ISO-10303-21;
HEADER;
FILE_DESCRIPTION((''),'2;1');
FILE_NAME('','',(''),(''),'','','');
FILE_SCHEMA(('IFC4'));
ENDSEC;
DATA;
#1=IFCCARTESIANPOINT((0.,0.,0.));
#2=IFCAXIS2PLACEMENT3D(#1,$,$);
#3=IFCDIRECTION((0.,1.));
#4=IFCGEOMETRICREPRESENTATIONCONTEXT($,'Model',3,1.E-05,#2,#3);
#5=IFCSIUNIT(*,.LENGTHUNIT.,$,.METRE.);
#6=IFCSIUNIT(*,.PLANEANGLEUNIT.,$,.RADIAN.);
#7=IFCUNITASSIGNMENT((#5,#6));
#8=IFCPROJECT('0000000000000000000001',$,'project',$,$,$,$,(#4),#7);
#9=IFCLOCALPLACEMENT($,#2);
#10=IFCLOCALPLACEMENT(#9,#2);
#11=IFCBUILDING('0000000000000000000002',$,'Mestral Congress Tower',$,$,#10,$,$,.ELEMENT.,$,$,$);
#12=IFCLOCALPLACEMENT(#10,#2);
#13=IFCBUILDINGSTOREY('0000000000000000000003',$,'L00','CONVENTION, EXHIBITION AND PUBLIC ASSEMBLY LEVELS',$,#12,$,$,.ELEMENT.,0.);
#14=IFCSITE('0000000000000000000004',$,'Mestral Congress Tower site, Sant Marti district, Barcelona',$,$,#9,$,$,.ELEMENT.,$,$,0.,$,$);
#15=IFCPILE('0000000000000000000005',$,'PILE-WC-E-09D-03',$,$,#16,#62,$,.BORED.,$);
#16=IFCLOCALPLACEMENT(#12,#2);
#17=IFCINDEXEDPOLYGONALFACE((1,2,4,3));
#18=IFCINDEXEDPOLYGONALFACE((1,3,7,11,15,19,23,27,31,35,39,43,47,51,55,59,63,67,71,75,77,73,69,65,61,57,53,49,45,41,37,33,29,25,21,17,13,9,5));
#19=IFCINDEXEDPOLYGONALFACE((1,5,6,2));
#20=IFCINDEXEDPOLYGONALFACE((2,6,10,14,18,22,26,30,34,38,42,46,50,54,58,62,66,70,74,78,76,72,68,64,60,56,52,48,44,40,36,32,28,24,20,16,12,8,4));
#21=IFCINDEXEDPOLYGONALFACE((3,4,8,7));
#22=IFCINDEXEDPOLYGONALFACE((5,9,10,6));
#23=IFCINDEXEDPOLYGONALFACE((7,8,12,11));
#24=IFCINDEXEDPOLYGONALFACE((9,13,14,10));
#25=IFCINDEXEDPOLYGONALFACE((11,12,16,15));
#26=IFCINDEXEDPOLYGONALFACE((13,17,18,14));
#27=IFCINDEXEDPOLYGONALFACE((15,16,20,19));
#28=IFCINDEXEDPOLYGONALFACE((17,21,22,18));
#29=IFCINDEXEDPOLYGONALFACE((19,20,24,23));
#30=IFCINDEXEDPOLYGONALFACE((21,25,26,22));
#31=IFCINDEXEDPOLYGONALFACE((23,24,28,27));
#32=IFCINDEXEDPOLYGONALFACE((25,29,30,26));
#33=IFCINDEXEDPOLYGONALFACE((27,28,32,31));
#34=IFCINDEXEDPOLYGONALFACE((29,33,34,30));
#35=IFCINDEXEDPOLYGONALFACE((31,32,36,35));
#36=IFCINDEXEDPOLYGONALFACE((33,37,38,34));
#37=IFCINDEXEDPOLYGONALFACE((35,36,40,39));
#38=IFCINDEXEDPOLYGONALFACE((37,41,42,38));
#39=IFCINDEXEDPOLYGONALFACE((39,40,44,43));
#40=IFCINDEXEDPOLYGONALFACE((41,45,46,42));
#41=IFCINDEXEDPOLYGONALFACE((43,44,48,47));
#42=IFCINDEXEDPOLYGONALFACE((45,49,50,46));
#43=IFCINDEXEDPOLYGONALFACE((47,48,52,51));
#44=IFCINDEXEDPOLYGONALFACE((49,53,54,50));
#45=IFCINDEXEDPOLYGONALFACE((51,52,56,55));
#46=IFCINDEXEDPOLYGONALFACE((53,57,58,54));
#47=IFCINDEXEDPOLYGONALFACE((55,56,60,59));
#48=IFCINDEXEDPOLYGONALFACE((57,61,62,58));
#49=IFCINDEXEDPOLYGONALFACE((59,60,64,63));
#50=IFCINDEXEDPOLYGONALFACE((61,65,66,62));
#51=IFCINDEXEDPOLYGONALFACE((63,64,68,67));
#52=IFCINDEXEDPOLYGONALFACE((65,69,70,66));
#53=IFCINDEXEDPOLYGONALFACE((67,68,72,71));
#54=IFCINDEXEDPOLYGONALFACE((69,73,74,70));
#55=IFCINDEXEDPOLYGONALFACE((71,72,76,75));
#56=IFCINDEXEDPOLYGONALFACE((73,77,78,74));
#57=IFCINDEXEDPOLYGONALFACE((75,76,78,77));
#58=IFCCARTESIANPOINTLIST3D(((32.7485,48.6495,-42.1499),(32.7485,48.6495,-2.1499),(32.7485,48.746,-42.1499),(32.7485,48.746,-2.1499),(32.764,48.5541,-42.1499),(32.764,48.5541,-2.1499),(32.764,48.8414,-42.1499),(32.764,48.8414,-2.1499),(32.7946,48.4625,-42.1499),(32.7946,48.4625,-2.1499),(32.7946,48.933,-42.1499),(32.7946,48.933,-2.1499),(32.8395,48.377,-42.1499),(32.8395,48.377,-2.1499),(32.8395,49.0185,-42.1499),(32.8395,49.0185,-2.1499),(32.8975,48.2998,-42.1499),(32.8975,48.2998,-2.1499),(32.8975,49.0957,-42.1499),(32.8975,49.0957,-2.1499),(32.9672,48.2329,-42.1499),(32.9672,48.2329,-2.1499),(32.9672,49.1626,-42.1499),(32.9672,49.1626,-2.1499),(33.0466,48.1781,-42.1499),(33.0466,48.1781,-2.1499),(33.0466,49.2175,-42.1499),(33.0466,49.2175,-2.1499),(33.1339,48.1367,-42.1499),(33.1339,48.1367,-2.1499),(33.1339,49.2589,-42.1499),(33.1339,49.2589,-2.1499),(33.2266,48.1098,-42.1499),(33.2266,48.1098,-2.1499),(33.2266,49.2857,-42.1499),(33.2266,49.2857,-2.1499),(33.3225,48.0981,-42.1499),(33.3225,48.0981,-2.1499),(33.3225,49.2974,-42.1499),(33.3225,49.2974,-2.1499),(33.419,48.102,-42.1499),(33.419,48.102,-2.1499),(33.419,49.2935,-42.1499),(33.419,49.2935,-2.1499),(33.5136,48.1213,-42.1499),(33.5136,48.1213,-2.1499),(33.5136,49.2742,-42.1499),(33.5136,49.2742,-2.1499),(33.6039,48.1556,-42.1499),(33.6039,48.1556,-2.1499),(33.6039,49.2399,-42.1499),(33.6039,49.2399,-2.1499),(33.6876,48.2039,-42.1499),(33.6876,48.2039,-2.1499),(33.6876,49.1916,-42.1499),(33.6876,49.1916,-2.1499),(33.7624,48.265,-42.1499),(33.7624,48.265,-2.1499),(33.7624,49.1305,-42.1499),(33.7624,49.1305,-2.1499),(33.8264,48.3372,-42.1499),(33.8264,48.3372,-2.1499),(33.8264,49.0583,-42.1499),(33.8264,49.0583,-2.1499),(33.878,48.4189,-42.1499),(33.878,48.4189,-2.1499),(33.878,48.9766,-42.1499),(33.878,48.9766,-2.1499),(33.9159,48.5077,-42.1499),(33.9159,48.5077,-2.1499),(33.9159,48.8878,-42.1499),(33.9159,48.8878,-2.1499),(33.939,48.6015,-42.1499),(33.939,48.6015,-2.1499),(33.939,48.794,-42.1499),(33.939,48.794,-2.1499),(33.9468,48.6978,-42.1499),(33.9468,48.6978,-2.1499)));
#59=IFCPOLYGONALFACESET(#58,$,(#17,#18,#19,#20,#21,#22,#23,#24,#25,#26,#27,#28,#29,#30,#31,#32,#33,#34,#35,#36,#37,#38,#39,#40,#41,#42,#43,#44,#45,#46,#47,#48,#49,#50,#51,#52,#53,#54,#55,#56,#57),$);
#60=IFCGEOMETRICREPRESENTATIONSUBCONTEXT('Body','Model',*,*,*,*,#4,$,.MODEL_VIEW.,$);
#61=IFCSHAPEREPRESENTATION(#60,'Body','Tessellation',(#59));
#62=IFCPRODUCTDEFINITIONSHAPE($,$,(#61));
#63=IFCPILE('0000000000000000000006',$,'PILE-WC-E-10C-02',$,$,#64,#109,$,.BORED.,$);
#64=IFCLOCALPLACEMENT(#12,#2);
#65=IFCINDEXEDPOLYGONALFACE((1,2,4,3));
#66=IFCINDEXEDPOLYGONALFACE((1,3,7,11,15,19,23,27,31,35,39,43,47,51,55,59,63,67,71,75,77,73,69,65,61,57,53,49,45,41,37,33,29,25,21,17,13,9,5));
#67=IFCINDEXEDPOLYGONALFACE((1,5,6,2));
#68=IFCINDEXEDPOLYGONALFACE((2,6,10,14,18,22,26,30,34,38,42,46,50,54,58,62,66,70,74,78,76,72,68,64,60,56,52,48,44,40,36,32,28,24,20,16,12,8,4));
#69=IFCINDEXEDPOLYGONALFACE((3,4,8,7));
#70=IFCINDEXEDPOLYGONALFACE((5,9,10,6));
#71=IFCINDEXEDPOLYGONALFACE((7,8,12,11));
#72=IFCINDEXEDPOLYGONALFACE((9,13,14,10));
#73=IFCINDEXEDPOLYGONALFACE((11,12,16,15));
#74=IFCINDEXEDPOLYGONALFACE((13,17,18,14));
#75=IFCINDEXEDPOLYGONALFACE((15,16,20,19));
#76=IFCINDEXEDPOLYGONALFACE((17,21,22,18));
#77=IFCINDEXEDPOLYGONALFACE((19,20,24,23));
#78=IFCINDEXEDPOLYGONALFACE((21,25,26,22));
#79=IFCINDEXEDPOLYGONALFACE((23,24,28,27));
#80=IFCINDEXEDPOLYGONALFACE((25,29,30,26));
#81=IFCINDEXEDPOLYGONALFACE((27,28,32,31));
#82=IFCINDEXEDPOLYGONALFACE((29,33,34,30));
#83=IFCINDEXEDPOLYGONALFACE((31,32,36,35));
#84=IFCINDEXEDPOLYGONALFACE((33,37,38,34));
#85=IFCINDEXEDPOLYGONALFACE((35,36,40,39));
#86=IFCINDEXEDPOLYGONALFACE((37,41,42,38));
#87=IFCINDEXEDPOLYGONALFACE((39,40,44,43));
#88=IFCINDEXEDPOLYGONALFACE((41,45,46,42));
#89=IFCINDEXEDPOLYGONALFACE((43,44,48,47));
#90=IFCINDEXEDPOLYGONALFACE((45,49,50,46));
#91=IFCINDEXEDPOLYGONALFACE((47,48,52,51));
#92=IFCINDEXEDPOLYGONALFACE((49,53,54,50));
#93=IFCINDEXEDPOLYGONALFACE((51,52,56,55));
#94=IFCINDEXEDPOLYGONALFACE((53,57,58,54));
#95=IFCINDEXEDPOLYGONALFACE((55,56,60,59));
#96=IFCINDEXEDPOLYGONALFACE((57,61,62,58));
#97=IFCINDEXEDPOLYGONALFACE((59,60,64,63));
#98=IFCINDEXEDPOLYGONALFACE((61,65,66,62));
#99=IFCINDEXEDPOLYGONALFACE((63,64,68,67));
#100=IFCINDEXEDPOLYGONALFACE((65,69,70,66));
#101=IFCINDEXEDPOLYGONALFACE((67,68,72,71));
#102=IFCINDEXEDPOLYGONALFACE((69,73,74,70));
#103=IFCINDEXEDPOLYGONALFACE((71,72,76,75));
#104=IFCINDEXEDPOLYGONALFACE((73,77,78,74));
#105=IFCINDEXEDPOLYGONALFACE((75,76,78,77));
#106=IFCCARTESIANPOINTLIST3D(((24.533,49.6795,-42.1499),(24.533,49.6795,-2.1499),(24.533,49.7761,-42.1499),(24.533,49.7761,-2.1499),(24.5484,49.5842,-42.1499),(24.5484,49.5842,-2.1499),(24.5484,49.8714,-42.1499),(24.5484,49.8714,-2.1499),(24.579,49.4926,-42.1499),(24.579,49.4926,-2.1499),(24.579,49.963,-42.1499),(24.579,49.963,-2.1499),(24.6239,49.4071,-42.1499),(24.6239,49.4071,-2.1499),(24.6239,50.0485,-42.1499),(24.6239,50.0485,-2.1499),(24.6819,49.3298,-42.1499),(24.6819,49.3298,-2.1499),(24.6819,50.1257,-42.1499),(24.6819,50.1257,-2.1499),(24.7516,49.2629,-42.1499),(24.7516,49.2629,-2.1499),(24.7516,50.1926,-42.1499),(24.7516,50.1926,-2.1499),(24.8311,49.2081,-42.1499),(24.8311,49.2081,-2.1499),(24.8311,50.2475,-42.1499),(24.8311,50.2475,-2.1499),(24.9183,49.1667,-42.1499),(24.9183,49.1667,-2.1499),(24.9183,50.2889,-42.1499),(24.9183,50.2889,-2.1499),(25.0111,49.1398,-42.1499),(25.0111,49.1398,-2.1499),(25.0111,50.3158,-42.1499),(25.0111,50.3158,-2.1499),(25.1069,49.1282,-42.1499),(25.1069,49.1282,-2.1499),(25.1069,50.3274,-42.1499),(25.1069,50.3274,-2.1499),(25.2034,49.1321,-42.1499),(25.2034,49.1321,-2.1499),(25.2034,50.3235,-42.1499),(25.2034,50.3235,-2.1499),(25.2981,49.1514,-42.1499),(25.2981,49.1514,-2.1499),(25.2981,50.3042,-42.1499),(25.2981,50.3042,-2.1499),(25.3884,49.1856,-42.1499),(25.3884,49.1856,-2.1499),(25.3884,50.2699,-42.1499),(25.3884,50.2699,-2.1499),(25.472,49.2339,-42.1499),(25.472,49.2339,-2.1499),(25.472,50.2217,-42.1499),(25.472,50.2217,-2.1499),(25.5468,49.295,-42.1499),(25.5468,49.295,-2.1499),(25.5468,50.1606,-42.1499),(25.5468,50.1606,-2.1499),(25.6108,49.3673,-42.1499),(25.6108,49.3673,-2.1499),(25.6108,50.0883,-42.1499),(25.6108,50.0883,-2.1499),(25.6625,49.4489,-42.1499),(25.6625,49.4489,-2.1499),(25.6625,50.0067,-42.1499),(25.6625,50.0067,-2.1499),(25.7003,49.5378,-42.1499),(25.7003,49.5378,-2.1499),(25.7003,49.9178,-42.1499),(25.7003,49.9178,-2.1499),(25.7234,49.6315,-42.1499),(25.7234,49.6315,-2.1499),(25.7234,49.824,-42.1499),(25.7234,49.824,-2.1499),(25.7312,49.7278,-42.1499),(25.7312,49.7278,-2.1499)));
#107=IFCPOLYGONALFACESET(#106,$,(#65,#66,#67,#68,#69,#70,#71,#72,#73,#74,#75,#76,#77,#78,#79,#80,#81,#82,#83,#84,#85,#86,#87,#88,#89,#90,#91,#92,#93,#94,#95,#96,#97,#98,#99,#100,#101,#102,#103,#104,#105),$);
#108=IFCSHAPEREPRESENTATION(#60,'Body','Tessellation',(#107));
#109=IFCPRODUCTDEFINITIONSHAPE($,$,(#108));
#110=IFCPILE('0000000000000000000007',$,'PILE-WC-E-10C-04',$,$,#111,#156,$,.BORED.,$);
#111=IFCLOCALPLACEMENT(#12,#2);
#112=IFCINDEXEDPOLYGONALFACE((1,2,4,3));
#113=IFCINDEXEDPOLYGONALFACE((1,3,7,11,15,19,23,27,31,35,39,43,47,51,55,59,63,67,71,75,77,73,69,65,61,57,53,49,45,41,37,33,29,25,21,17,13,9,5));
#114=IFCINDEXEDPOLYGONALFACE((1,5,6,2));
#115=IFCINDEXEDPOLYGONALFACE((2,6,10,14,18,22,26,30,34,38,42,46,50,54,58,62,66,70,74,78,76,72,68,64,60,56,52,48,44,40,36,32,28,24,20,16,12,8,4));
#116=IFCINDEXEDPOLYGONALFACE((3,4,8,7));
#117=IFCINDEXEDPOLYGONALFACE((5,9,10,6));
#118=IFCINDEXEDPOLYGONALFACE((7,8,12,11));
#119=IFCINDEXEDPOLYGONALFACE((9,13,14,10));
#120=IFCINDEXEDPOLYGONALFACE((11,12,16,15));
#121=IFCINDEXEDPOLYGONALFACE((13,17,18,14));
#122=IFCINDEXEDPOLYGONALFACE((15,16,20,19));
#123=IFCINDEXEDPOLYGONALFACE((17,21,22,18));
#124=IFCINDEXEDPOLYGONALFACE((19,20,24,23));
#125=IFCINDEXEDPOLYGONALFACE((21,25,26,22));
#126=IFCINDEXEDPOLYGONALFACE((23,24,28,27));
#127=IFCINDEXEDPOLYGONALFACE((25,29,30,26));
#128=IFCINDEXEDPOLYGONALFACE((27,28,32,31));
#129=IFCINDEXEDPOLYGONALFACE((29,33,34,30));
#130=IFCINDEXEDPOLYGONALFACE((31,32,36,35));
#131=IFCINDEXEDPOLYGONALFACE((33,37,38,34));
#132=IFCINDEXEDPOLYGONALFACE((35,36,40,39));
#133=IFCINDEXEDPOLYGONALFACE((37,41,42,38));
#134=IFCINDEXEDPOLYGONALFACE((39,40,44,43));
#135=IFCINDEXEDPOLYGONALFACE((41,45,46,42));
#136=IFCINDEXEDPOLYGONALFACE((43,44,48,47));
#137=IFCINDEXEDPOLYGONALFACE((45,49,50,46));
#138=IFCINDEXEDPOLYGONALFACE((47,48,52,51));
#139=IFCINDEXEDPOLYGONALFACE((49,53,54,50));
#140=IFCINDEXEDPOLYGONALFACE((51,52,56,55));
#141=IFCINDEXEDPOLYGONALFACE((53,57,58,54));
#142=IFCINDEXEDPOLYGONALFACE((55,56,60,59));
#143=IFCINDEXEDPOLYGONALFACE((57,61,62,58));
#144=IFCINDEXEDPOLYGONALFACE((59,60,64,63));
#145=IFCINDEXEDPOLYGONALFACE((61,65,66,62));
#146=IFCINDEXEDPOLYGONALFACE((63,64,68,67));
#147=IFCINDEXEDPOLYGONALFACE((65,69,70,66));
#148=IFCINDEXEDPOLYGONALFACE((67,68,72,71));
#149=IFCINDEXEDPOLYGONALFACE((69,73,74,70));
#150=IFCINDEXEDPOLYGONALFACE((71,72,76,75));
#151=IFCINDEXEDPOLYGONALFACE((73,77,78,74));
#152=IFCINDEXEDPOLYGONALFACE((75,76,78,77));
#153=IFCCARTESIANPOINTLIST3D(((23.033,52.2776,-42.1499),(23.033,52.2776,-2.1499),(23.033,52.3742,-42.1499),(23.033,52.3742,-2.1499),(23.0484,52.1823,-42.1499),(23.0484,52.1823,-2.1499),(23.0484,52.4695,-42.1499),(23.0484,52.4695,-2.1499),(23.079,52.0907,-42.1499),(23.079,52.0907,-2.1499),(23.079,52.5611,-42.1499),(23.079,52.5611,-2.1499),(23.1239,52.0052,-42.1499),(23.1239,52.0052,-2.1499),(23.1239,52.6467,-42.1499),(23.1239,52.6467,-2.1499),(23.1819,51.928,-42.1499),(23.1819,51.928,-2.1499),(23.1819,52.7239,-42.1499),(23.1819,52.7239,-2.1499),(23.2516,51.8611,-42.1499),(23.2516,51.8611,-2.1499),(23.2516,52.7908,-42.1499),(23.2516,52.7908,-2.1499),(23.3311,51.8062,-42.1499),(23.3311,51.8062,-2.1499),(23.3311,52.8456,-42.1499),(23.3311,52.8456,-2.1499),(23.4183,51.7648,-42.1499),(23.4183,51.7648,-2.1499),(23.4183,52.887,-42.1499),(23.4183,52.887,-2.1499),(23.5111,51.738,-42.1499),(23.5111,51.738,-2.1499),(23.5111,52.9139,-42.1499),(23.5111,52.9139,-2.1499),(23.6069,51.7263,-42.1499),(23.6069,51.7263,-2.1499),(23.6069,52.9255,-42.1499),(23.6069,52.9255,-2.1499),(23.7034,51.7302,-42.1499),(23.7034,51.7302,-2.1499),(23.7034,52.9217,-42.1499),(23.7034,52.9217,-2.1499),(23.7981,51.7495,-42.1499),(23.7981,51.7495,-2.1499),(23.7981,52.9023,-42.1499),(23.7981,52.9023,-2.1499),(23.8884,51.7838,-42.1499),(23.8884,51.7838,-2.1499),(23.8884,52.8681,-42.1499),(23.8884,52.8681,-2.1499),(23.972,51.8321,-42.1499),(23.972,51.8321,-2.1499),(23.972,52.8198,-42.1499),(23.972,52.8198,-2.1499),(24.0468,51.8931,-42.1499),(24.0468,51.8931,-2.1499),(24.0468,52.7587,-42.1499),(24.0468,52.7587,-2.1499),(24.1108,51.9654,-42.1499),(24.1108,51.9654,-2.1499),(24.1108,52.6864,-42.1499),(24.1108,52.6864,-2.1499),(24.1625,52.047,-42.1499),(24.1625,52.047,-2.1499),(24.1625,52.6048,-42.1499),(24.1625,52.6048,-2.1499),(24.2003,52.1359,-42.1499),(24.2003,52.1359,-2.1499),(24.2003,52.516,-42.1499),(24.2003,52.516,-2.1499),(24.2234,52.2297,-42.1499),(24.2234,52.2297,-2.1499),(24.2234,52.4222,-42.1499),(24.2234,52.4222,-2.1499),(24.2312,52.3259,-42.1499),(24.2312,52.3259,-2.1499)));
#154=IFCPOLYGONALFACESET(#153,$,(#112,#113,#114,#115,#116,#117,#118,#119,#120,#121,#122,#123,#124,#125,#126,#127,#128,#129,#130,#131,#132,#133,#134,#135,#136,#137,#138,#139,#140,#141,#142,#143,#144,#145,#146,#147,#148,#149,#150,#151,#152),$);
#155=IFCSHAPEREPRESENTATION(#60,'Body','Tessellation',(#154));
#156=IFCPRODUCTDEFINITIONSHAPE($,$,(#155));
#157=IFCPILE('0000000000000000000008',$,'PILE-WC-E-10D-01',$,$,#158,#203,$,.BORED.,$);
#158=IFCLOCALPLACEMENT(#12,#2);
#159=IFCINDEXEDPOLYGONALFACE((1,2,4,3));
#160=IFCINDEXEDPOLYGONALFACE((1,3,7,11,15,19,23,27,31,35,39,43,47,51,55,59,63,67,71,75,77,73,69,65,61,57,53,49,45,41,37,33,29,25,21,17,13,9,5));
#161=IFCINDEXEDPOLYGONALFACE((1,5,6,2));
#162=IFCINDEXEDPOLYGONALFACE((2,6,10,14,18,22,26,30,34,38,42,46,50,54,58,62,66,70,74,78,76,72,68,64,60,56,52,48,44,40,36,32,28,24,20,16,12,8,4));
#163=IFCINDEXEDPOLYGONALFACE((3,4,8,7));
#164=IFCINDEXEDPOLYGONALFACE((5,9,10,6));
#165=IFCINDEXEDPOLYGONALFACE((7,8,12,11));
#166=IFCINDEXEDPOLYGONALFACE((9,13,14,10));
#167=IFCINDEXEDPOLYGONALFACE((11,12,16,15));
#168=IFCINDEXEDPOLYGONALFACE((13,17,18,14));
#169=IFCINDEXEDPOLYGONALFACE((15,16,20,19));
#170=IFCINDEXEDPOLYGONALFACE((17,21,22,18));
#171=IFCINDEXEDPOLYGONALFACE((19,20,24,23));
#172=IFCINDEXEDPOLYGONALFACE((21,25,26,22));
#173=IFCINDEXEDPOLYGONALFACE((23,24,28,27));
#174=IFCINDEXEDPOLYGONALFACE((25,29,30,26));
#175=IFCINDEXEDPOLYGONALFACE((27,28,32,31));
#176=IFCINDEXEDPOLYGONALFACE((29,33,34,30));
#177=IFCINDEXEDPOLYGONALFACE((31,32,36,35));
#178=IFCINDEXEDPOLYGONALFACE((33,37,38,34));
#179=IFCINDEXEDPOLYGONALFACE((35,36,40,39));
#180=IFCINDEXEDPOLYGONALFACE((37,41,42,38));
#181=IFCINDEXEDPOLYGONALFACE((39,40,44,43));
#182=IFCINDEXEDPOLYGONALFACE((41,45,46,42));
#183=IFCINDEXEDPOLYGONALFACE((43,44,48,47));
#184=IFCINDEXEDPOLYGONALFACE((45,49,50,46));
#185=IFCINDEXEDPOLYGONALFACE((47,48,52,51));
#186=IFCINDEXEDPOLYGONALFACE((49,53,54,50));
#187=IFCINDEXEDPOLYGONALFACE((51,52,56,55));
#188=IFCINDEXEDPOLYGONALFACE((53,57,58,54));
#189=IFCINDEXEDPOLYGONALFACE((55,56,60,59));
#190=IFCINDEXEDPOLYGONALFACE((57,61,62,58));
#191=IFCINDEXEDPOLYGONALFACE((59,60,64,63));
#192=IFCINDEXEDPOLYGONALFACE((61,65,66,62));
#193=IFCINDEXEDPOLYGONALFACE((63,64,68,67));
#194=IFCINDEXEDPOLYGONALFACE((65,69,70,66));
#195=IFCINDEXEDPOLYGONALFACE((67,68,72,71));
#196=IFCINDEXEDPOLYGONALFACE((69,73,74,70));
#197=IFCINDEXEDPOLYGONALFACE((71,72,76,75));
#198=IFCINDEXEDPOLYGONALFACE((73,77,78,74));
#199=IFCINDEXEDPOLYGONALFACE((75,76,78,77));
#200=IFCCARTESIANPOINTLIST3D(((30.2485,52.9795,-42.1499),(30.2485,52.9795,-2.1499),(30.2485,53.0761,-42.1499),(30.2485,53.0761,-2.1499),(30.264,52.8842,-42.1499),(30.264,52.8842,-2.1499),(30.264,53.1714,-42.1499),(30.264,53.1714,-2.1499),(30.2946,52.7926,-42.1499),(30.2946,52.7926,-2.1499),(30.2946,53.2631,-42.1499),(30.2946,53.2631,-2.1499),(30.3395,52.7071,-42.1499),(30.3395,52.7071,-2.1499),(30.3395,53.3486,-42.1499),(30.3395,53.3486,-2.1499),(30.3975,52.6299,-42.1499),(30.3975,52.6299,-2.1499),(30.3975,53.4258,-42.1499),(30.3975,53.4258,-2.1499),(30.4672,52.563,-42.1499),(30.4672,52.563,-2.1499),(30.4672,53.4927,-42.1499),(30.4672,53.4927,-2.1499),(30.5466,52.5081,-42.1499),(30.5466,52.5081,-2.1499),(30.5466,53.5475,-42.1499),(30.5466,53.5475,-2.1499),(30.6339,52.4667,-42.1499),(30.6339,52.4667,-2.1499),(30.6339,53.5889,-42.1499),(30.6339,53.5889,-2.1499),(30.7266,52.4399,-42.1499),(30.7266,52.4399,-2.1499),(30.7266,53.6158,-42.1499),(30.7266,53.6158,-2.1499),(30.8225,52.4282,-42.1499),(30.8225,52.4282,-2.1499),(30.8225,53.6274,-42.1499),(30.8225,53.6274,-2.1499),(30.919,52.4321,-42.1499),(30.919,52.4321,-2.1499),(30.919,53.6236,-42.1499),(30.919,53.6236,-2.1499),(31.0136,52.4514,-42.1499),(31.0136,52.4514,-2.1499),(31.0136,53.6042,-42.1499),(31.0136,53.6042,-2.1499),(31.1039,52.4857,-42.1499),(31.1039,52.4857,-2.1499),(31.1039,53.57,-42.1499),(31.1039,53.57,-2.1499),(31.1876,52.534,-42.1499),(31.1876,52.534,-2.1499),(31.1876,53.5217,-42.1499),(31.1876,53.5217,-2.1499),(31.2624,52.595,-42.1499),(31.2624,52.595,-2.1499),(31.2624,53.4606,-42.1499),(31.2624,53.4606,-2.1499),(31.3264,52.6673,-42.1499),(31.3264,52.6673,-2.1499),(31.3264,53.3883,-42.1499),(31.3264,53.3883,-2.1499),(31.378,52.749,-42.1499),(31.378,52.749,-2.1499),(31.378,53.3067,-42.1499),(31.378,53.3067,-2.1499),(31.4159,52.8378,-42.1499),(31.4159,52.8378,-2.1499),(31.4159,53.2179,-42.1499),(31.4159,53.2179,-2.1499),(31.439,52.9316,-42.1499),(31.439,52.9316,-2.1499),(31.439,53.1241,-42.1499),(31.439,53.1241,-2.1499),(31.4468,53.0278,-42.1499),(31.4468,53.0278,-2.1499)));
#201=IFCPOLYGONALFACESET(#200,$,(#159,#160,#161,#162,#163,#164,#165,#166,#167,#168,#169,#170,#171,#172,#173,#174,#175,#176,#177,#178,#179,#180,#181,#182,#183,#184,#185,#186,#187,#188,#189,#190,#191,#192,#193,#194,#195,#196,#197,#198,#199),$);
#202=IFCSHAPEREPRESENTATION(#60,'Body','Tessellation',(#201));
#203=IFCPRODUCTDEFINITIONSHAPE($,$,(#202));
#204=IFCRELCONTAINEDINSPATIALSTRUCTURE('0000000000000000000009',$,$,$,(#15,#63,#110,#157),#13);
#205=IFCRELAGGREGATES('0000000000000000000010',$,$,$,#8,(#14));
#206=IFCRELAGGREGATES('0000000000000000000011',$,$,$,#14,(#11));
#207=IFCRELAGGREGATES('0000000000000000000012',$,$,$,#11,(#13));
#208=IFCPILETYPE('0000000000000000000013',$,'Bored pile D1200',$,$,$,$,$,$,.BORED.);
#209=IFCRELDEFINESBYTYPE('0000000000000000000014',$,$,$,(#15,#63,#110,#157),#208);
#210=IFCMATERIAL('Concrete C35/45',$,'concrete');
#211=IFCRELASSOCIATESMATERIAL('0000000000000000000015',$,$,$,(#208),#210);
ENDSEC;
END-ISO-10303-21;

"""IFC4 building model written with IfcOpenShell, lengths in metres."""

from ifc_helpers import new_model, si_unit, direction, frame, origin, origin_2d, place, context, subcontext, project, spatial, circle, extrude, material, material_profile, profile_set, type_object, element, save


model = new_model("IFC4")

# Units and contexts
model_context = context("Model", 3, precision=1e-05, world=origin(), true_north=direction((0.0, 1.0)))
body_context = subcontext(model_context, "Body", "Model", "MODEL_VIEW")
ifc_project = project(units=[si_unit("LENGTHUNIT", "METRE"), si_unit("PLANEANGLEUNIT", "RADIAN")], contexts=[model_context])

# Site, building, storey
site_placement = place(None, origin())
site = spatial("IfcSite", under=ifc_project, at=site_placement, Name="Mestral Congress Tower site, Sant Marti district, Barcelona", CompositionType="ELEMENT", RefElevation=0.0)
building_placement = place(site_placement, origin())
building = spatial("IfcBuilding", under=site, at=building_placement, Name="Mestral Congress Tower", CompositionType="ELEMENT")
storey_placement = place(building_placement, origin())
storey = spatial("IfcBuildingStorey", under=building, at=storey_placement, Name="L00", Description="CONVENTION, EXHIBITION AND PUBLIC ASSEMBLY LEVELS", CompositionType="ELEMENT", Elevation=0.0)

# Piles
ifc_material_1 = material(Name="Concrete C35/45", Category="concrete")
ifc_material_profile_1 = material_profile(ifc_material_1, circle(Radius=0.6001, at=origin_2d()), Name="D1200")
ifc_profile_set_1 = profile_set([ifc_material_profile_1], Name="Concrete C35/45")
pile_type = type_object("IfcPileType", Name="Bored pile D1200", PredefinedType="BORED", material=ifc_profile_set_1)
for number, where, z_axis, x_axis, name in (
    (1, (33.3467, 48.6978, -2.1499), (0.0, 0.0, -1.0), (1.0, 0.0, 0.0), "PILE-WC-E-09D-03"),
    (2, (25.1311, 49.7278, -2.1499), (0.0, 0.0, -1.0), (1.0, 0.0, 0.0), "PILE-WC-E-10C-02"),
    (3, (23.6311, 52.3259, -2.1499), (0.0, 0.0, -1.0), (1.0, 0.0, 0.0), "PILE-WC-E-10C-04"),
    (4, (30.8467, 53.0278, -2.1499), (0.0, 0.0, -1.0), (1.0, 0.0, 0.0), "PILE-WC-E-10D-01"),
):
    element("IfcPile", number, at=place(storey_placement, frame(where, z_axis=z_axis, x_axis=x_axis)), inside=storey, type_object=pile_type, Name=name, PredefinedType="BORED", context=body_context, shape_type="SweptSolid", body=[
        extrude(circle(Radius=0.6001, at=origin_2d()), origin(), (0.0, 0.0, 1.0), 40.0),
    ])

save(model, "model.ifc")
